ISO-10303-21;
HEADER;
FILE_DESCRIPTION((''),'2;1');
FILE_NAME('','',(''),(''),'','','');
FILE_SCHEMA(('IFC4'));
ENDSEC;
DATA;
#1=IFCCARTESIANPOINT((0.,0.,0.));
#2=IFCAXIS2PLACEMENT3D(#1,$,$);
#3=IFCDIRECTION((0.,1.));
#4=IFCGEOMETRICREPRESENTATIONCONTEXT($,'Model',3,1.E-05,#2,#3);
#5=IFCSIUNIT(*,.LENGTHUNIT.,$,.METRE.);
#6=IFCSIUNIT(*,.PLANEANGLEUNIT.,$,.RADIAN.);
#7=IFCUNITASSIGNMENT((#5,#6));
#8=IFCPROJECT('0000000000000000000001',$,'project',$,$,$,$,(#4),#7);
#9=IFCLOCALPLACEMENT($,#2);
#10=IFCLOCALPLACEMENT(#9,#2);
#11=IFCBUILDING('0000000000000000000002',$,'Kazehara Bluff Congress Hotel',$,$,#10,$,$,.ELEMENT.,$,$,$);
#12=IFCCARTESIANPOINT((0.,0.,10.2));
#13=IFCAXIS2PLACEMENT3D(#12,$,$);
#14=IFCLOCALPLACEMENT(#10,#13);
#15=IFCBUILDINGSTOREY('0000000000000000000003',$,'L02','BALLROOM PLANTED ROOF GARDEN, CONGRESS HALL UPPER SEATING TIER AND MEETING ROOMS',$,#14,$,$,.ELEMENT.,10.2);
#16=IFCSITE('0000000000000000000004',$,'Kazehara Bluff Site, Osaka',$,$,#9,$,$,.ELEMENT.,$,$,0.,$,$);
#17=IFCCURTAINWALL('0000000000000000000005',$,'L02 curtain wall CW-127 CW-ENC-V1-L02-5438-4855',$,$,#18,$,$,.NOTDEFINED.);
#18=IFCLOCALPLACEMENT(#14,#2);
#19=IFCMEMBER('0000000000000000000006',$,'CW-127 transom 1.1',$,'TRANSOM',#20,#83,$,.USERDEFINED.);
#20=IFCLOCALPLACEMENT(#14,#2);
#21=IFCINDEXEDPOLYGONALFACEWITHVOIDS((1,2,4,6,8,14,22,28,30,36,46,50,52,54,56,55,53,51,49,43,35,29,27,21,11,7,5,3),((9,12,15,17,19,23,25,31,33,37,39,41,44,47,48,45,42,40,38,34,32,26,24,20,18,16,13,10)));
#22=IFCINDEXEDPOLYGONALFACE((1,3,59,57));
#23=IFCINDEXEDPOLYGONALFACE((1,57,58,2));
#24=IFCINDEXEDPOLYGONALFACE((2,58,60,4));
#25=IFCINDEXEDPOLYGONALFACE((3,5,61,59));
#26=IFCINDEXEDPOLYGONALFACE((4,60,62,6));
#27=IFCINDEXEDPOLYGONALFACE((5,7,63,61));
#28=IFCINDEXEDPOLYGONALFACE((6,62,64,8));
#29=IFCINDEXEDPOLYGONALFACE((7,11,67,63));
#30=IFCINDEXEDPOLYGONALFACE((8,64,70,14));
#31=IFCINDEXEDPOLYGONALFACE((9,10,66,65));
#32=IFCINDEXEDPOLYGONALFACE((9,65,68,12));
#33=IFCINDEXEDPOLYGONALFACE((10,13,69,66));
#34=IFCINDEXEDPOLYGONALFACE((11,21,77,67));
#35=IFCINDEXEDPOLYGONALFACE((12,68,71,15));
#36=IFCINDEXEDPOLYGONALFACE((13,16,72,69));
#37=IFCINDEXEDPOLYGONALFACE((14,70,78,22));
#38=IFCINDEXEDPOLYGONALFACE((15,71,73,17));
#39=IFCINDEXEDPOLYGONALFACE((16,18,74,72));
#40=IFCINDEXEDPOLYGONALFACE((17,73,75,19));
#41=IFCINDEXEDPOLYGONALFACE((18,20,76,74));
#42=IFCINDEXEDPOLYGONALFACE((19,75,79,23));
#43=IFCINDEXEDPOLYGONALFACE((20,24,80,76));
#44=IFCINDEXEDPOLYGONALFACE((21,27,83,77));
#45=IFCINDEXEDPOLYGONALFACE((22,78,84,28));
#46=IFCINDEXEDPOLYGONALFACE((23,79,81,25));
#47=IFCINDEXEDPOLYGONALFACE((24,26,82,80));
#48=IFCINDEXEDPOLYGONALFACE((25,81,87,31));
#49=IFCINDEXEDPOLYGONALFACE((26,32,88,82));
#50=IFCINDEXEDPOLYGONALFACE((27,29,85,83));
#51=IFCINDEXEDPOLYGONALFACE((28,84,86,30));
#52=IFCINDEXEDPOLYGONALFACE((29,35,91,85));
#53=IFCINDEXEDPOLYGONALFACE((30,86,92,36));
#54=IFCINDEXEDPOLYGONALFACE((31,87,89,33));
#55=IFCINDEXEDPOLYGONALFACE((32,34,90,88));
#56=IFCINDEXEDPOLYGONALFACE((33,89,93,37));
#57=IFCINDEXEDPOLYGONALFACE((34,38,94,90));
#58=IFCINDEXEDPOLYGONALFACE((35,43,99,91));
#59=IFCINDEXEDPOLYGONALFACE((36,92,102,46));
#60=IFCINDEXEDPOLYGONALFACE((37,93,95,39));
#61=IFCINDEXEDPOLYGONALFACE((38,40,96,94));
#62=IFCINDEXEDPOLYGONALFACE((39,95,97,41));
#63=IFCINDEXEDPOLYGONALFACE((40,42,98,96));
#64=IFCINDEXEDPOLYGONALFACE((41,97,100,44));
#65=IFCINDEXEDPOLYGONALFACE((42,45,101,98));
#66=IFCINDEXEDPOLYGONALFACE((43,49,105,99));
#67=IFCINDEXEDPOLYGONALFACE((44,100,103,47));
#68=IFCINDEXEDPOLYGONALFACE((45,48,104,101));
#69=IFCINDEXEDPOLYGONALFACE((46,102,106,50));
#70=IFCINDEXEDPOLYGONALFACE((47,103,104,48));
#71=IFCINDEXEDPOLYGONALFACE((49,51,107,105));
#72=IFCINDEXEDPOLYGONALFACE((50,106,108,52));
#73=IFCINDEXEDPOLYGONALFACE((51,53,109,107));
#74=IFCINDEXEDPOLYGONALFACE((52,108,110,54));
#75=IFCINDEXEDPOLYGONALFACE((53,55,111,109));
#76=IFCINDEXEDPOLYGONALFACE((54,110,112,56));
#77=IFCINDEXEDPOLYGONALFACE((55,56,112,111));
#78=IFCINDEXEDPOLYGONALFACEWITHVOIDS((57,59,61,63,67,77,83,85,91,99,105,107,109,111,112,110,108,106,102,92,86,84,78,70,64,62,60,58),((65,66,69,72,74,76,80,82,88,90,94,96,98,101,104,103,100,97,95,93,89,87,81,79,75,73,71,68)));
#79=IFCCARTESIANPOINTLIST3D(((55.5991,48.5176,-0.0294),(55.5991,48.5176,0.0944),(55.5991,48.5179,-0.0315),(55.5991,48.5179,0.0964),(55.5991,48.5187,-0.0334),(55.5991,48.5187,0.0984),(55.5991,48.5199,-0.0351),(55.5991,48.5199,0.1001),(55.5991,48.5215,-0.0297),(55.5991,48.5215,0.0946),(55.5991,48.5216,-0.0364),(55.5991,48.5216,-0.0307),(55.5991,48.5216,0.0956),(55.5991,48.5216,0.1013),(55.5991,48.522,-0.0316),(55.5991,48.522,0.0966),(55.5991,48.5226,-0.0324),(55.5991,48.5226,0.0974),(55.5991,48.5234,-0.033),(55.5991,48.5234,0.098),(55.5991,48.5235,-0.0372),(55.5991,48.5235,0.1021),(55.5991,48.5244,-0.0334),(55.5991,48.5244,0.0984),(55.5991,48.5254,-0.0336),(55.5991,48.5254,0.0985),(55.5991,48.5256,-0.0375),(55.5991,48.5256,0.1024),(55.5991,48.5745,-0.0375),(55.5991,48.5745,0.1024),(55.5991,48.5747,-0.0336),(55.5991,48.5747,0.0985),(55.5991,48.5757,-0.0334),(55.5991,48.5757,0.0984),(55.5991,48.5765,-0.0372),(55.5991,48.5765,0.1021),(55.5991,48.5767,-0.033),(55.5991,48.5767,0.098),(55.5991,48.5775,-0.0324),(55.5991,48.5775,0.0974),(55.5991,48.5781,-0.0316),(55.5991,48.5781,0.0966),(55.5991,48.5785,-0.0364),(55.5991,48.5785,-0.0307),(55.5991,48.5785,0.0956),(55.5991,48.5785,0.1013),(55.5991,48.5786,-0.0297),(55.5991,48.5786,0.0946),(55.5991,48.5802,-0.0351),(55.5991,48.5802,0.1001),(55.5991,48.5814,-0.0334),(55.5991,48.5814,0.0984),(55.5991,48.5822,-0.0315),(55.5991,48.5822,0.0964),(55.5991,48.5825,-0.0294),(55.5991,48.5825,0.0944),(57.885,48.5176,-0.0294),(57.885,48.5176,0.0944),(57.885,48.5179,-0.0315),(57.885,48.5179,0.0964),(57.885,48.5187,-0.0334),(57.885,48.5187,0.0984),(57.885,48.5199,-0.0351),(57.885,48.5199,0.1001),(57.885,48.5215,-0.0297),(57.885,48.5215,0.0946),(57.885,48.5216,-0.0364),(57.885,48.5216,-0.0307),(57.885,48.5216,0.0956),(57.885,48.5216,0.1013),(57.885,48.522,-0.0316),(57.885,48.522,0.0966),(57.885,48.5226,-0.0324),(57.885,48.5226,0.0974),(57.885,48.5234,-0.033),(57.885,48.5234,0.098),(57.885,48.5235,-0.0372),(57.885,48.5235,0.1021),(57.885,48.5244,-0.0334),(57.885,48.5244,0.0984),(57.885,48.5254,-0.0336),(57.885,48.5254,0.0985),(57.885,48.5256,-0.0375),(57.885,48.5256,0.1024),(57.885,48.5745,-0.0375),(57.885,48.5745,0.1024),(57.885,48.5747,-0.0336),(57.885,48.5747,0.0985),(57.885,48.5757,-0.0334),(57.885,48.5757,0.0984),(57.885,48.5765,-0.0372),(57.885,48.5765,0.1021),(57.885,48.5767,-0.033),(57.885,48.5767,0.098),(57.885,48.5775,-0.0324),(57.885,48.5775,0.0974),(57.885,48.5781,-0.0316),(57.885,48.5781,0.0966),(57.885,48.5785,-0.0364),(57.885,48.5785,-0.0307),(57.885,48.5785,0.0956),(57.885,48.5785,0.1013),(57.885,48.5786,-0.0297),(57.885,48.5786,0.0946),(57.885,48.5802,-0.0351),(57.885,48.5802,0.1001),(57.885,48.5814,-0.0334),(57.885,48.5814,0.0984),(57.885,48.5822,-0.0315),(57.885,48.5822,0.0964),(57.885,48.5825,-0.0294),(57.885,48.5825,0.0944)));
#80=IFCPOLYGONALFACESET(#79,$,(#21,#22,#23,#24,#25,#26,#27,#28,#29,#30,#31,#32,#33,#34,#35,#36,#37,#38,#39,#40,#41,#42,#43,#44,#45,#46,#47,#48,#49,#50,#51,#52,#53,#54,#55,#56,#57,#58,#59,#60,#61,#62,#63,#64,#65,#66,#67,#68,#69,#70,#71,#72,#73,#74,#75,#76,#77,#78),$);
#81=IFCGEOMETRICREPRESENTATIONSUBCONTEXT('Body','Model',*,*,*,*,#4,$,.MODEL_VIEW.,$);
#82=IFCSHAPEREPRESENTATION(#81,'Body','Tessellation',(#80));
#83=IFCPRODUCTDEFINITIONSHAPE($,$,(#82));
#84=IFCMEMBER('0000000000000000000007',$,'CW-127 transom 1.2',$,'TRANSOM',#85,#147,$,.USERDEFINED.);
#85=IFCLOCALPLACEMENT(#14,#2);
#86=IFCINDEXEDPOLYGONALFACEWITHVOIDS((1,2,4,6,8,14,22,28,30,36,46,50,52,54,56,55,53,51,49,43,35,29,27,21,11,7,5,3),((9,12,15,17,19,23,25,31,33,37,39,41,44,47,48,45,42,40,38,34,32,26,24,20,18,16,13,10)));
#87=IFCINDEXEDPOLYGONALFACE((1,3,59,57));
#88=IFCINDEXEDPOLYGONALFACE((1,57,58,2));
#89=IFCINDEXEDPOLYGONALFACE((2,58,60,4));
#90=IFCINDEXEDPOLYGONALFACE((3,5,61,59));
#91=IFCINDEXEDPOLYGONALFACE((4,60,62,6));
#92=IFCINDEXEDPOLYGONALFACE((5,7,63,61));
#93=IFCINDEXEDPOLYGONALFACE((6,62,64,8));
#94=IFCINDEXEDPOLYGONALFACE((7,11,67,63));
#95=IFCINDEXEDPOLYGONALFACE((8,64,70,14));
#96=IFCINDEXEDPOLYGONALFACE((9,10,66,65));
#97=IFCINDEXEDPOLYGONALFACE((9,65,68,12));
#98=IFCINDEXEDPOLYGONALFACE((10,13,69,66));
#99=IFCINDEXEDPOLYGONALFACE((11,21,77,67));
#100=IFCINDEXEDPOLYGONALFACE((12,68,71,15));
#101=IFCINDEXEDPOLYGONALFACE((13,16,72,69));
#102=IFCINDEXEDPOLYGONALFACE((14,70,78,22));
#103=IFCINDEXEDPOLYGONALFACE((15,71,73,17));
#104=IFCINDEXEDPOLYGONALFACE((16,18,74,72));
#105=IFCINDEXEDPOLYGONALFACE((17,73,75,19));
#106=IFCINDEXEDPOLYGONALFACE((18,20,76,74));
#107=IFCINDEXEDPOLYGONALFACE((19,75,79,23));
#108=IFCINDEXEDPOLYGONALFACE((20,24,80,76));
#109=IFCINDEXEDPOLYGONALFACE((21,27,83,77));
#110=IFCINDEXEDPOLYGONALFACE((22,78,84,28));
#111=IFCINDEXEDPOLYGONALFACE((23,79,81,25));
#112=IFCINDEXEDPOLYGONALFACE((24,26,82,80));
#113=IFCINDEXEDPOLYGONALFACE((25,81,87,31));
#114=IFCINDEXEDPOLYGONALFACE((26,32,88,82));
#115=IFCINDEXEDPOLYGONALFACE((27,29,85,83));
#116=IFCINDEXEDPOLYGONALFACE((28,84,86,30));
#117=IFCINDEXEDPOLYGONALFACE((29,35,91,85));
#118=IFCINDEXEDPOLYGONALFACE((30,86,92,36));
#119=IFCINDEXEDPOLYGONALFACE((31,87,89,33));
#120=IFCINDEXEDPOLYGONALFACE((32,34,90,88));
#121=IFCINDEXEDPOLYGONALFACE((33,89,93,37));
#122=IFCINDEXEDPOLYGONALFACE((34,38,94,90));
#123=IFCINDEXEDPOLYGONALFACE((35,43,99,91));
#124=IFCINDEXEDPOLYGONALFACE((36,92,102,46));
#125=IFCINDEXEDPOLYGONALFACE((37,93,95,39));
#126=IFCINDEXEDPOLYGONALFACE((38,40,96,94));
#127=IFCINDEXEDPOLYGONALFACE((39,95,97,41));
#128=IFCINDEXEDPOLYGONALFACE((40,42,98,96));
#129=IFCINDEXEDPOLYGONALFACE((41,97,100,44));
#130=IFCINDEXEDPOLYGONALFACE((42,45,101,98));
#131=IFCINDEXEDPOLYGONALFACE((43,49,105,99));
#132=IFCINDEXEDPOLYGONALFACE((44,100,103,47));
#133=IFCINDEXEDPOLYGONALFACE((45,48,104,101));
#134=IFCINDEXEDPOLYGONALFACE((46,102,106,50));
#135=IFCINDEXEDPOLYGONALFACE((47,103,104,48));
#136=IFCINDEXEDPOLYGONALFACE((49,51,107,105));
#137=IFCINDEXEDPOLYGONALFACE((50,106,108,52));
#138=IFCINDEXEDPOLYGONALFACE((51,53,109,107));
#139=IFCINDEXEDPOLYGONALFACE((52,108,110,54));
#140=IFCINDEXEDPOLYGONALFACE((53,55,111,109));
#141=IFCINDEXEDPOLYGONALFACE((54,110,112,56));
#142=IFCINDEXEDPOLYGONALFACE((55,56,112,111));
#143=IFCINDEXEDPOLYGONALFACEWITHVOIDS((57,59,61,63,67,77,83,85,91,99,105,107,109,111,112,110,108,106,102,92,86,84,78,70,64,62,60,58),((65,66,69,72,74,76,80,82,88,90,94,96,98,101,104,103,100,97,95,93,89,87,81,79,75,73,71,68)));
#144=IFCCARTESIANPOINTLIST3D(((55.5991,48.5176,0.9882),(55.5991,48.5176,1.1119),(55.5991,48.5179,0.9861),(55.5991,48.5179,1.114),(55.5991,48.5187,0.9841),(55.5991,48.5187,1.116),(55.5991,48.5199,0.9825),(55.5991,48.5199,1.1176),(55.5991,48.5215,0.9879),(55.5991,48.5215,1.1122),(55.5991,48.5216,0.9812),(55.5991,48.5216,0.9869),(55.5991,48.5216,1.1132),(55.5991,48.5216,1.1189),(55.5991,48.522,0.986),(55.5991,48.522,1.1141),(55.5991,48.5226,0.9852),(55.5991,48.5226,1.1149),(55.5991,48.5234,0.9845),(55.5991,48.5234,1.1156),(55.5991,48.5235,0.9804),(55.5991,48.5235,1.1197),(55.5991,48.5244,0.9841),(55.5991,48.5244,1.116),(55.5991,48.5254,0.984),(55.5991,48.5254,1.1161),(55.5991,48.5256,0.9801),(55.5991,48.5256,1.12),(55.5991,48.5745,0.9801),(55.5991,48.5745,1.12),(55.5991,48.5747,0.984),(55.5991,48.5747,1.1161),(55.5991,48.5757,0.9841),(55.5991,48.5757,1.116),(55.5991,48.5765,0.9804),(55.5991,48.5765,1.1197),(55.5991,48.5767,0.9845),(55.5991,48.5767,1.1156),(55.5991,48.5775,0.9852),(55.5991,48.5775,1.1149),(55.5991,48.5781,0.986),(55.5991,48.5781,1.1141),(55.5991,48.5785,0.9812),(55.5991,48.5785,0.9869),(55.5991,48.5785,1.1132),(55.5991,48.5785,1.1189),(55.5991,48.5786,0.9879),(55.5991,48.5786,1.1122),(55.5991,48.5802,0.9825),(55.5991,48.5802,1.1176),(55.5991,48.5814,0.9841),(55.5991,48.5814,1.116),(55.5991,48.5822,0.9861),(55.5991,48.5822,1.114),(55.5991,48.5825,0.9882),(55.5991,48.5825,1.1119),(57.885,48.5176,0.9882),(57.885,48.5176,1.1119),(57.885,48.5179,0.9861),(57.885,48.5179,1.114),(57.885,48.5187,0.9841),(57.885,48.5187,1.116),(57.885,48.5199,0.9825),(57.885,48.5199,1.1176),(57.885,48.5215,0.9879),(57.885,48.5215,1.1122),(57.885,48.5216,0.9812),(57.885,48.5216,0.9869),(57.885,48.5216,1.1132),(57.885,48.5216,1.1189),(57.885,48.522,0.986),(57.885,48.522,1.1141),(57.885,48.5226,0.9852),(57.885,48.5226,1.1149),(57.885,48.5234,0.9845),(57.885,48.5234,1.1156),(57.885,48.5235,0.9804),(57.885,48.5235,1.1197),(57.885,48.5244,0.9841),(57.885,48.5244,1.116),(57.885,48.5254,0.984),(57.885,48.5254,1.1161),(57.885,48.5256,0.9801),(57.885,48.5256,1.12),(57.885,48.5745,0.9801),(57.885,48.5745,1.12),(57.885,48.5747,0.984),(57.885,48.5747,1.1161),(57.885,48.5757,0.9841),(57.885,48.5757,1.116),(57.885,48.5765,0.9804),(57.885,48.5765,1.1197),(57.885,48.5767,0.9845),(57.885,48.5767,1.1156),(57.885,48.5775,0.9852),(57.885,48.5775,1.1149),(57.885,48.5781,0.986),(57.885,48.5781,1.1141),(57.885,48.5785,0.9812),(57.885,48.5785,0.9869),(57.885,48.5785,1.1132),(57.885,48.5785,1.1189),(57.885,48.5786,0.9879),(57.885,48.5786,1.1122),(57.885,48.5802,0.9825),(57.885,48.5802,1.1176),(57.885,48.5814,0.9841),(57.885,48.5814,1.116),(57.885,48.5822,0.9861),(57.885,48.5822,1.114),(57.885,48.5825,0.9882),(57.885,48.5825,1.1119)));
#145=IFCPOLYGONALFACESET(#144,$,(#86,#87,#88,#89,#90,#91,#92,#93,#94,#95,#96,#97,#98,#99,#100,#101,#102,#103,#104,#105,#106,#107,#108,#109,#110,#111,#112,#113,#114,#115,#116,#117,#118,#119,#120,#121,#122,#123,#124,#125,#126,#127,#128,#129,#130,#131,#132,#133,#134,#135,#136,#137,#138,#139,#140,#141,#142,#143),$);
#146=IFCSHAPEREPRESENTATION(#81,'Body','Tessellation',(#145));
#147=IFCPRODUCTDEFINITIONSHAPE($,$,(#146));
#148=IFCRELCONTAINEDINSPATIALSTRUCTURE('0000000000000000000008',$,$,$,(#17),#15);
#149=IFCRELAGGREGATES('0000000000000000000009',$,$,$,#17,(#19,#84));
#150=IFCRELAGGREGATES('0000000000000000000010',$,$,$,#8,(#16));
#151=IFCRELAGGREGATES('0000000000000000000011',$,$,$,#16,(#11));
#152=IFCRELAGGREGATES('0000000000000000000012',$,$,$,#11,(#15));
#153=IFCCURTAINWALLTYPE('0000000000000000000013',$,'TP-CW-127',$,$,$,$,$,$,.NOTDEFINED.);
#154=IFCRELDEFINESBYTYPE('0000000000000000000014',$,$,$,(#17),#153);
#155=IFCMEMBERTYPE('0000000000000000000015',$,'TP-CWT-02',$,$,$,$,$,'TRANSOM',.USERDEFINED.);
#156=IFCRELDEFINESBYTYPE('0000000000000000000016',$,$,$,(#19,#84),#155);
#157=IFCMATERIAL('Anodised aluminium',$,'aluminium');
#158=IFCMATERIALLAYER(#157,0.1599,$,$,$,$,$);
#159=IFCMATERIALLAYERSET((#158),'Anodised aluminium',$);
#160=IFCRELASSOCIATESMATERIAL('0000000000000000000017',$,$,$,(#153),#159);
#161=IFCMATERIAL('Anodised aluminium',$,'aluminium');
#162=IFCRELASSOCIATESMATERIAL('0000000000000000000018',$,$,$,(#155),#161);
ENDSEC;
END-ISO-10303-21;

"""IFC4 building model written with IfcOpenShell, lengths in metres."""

from ifc_helpers import new_model, si_unit, direction, frame, origin, origin_2d, place, context, subcontext, project, spatial, hollow_rectangle, extrude, material, layer, layer_set, material_profile, profile_set, type_object, element, aggregate, save


model = new_model("IFC4")

# Units and contexts
model_context = context("Model", 3, precision=1e-05, world=origin(), true_north=direction((0.0, 1.0)))
body_context = subcontext(model_context, "Body", "Model", "MODEL_VIEW")
ifc_project = project(units=[si_unit("LENGTHUNIT", "METRE"), si_unit("PLANEANGLEUNIT", "RADIAN")], contexts=[model_context])

# Site, building, storey
site_placement = place(None, origin())
site = spatial("IfcSite", under=ifc_project, at=site_placement, Name="Kazehara Bluff Site, Osaka", CompositionType="ELEMENT", RefElevation=0.0)
building_placement = place(site_placement, origin())
building = spatial("IfcBuilding", under=site, at=building_placement, Name="Kazehara Bluff Congress Hotel", CompositionType="ELEMENT")
storey_placement = place(building_placement, frame((0.0, 0.0, 10.2)))
storey = spatial("IfcBuildingStorey", under=building, at=storey_placement, Name="L02", Description="BALLROOM PLANTED ROOF GARDEN, CONGRESS HALL UPPER SEATING TIER AND MEETING ROOMS", CompositionType="ELEMENT", Elevation=10.2)

# Curtain wall
ifc_material_1 = material(Name="Anodised aluminium", Category="aluminium")
ifc_layer_1 = layer(ifc_material_1, 0.1599)
ifc_layer_set_1 = layer_set([ifc_layer_1], Name="Anodised aluminium")
curtain_wall_type_1 = type_object("IfcCurtainWallType", Name="TP-CW-127", PredefinedType="NOTDEFINED", material=ifc_layer_set_1)
curtain_wall_1_placement = place(storey_placement, origin())
curtain_wall_1 = element("IfcCurtainWall", 1, at=curtain_wall_1_placement, inside=storey, type_object=curtain_wall_type_1, Name="L02 curtain wall CW-127 CW-ENC-V1-L02-5438-4855", PredefinedType="NOTDEFINED")

# Members
ifc_material_2 = material(Name="Anodised aluminium", Category="aluminium")
ifc_material_profile_1 = material_profile(ifc_material_2, hollow_rectangle(XDim=0.0649, YDim=0.1399, WallThickness=0.0039, InnerFilletRadius=0.0039, OuterFilletRadius=0.0081, at=origin_2d()))
ifc_profile_set_1 = profile_set([ifc_material_profile_1], Name="Anodised aluminium")
member_type_1 = type_object("IfcMemberType", Name="TP-CWT-02", ElementType="TRANSOM", PredefinedType="USERDEFINED", material=ifc_profile_set_1)
member_1_placement = place(storey_placement, frame((57.885, 48.55, 0.0325), z_axis=(-1.0, 0.0, 0.0), x_axis=(0.0, -1.0, 0.0)))
member_1 = element("IfcMember", 2, at=member_1_placement, type_object=member_type_1, Name="CW-127 transom 1.1", ObjectType="TRANSOM", PredefinedType="USERDEFINED", context=body_context, shape_type="SweptSolid", body=[
    extrude(hollow_rectangle(XDim=0.0649, YDim=0.1399, WallThickness=0.0039, InnerFilletRadius=0.0039, OuterFilletRadius=0.0081, at=origin_2d()), origin(), (0.0, 0.0, 1.0), 2.2859),
])
member_2_placement = place(storey_placement, frame((57.885, 48.55, 1.05), z_axis=(-1.0, 0.0, 0.0), x_axis=(0.0, -1.0, 0.0)))
member_2 = element("IfcMember", 3, at=member_2_placement, type_object=member_type_1, Name="CW-127 transom 1.2", ObjectType="TRANSOM", PredefinedType="USERDEFINED", context=body_context, shape_type="SweptSolid", body=[
    extrude(hollow_rectangle(XDim=0.0649, YDim=0.1399, WallThickness=0.0039, InnerFilletRadius=0.0039, OuterFilletRadius=0.0081, at=origin_2d()), origin(), (0.0, 0.0, 1.0), 2.2859),
])

aggregate(curtain_wall_1, [member_1, member_2])

save(model, "model.ifc")
